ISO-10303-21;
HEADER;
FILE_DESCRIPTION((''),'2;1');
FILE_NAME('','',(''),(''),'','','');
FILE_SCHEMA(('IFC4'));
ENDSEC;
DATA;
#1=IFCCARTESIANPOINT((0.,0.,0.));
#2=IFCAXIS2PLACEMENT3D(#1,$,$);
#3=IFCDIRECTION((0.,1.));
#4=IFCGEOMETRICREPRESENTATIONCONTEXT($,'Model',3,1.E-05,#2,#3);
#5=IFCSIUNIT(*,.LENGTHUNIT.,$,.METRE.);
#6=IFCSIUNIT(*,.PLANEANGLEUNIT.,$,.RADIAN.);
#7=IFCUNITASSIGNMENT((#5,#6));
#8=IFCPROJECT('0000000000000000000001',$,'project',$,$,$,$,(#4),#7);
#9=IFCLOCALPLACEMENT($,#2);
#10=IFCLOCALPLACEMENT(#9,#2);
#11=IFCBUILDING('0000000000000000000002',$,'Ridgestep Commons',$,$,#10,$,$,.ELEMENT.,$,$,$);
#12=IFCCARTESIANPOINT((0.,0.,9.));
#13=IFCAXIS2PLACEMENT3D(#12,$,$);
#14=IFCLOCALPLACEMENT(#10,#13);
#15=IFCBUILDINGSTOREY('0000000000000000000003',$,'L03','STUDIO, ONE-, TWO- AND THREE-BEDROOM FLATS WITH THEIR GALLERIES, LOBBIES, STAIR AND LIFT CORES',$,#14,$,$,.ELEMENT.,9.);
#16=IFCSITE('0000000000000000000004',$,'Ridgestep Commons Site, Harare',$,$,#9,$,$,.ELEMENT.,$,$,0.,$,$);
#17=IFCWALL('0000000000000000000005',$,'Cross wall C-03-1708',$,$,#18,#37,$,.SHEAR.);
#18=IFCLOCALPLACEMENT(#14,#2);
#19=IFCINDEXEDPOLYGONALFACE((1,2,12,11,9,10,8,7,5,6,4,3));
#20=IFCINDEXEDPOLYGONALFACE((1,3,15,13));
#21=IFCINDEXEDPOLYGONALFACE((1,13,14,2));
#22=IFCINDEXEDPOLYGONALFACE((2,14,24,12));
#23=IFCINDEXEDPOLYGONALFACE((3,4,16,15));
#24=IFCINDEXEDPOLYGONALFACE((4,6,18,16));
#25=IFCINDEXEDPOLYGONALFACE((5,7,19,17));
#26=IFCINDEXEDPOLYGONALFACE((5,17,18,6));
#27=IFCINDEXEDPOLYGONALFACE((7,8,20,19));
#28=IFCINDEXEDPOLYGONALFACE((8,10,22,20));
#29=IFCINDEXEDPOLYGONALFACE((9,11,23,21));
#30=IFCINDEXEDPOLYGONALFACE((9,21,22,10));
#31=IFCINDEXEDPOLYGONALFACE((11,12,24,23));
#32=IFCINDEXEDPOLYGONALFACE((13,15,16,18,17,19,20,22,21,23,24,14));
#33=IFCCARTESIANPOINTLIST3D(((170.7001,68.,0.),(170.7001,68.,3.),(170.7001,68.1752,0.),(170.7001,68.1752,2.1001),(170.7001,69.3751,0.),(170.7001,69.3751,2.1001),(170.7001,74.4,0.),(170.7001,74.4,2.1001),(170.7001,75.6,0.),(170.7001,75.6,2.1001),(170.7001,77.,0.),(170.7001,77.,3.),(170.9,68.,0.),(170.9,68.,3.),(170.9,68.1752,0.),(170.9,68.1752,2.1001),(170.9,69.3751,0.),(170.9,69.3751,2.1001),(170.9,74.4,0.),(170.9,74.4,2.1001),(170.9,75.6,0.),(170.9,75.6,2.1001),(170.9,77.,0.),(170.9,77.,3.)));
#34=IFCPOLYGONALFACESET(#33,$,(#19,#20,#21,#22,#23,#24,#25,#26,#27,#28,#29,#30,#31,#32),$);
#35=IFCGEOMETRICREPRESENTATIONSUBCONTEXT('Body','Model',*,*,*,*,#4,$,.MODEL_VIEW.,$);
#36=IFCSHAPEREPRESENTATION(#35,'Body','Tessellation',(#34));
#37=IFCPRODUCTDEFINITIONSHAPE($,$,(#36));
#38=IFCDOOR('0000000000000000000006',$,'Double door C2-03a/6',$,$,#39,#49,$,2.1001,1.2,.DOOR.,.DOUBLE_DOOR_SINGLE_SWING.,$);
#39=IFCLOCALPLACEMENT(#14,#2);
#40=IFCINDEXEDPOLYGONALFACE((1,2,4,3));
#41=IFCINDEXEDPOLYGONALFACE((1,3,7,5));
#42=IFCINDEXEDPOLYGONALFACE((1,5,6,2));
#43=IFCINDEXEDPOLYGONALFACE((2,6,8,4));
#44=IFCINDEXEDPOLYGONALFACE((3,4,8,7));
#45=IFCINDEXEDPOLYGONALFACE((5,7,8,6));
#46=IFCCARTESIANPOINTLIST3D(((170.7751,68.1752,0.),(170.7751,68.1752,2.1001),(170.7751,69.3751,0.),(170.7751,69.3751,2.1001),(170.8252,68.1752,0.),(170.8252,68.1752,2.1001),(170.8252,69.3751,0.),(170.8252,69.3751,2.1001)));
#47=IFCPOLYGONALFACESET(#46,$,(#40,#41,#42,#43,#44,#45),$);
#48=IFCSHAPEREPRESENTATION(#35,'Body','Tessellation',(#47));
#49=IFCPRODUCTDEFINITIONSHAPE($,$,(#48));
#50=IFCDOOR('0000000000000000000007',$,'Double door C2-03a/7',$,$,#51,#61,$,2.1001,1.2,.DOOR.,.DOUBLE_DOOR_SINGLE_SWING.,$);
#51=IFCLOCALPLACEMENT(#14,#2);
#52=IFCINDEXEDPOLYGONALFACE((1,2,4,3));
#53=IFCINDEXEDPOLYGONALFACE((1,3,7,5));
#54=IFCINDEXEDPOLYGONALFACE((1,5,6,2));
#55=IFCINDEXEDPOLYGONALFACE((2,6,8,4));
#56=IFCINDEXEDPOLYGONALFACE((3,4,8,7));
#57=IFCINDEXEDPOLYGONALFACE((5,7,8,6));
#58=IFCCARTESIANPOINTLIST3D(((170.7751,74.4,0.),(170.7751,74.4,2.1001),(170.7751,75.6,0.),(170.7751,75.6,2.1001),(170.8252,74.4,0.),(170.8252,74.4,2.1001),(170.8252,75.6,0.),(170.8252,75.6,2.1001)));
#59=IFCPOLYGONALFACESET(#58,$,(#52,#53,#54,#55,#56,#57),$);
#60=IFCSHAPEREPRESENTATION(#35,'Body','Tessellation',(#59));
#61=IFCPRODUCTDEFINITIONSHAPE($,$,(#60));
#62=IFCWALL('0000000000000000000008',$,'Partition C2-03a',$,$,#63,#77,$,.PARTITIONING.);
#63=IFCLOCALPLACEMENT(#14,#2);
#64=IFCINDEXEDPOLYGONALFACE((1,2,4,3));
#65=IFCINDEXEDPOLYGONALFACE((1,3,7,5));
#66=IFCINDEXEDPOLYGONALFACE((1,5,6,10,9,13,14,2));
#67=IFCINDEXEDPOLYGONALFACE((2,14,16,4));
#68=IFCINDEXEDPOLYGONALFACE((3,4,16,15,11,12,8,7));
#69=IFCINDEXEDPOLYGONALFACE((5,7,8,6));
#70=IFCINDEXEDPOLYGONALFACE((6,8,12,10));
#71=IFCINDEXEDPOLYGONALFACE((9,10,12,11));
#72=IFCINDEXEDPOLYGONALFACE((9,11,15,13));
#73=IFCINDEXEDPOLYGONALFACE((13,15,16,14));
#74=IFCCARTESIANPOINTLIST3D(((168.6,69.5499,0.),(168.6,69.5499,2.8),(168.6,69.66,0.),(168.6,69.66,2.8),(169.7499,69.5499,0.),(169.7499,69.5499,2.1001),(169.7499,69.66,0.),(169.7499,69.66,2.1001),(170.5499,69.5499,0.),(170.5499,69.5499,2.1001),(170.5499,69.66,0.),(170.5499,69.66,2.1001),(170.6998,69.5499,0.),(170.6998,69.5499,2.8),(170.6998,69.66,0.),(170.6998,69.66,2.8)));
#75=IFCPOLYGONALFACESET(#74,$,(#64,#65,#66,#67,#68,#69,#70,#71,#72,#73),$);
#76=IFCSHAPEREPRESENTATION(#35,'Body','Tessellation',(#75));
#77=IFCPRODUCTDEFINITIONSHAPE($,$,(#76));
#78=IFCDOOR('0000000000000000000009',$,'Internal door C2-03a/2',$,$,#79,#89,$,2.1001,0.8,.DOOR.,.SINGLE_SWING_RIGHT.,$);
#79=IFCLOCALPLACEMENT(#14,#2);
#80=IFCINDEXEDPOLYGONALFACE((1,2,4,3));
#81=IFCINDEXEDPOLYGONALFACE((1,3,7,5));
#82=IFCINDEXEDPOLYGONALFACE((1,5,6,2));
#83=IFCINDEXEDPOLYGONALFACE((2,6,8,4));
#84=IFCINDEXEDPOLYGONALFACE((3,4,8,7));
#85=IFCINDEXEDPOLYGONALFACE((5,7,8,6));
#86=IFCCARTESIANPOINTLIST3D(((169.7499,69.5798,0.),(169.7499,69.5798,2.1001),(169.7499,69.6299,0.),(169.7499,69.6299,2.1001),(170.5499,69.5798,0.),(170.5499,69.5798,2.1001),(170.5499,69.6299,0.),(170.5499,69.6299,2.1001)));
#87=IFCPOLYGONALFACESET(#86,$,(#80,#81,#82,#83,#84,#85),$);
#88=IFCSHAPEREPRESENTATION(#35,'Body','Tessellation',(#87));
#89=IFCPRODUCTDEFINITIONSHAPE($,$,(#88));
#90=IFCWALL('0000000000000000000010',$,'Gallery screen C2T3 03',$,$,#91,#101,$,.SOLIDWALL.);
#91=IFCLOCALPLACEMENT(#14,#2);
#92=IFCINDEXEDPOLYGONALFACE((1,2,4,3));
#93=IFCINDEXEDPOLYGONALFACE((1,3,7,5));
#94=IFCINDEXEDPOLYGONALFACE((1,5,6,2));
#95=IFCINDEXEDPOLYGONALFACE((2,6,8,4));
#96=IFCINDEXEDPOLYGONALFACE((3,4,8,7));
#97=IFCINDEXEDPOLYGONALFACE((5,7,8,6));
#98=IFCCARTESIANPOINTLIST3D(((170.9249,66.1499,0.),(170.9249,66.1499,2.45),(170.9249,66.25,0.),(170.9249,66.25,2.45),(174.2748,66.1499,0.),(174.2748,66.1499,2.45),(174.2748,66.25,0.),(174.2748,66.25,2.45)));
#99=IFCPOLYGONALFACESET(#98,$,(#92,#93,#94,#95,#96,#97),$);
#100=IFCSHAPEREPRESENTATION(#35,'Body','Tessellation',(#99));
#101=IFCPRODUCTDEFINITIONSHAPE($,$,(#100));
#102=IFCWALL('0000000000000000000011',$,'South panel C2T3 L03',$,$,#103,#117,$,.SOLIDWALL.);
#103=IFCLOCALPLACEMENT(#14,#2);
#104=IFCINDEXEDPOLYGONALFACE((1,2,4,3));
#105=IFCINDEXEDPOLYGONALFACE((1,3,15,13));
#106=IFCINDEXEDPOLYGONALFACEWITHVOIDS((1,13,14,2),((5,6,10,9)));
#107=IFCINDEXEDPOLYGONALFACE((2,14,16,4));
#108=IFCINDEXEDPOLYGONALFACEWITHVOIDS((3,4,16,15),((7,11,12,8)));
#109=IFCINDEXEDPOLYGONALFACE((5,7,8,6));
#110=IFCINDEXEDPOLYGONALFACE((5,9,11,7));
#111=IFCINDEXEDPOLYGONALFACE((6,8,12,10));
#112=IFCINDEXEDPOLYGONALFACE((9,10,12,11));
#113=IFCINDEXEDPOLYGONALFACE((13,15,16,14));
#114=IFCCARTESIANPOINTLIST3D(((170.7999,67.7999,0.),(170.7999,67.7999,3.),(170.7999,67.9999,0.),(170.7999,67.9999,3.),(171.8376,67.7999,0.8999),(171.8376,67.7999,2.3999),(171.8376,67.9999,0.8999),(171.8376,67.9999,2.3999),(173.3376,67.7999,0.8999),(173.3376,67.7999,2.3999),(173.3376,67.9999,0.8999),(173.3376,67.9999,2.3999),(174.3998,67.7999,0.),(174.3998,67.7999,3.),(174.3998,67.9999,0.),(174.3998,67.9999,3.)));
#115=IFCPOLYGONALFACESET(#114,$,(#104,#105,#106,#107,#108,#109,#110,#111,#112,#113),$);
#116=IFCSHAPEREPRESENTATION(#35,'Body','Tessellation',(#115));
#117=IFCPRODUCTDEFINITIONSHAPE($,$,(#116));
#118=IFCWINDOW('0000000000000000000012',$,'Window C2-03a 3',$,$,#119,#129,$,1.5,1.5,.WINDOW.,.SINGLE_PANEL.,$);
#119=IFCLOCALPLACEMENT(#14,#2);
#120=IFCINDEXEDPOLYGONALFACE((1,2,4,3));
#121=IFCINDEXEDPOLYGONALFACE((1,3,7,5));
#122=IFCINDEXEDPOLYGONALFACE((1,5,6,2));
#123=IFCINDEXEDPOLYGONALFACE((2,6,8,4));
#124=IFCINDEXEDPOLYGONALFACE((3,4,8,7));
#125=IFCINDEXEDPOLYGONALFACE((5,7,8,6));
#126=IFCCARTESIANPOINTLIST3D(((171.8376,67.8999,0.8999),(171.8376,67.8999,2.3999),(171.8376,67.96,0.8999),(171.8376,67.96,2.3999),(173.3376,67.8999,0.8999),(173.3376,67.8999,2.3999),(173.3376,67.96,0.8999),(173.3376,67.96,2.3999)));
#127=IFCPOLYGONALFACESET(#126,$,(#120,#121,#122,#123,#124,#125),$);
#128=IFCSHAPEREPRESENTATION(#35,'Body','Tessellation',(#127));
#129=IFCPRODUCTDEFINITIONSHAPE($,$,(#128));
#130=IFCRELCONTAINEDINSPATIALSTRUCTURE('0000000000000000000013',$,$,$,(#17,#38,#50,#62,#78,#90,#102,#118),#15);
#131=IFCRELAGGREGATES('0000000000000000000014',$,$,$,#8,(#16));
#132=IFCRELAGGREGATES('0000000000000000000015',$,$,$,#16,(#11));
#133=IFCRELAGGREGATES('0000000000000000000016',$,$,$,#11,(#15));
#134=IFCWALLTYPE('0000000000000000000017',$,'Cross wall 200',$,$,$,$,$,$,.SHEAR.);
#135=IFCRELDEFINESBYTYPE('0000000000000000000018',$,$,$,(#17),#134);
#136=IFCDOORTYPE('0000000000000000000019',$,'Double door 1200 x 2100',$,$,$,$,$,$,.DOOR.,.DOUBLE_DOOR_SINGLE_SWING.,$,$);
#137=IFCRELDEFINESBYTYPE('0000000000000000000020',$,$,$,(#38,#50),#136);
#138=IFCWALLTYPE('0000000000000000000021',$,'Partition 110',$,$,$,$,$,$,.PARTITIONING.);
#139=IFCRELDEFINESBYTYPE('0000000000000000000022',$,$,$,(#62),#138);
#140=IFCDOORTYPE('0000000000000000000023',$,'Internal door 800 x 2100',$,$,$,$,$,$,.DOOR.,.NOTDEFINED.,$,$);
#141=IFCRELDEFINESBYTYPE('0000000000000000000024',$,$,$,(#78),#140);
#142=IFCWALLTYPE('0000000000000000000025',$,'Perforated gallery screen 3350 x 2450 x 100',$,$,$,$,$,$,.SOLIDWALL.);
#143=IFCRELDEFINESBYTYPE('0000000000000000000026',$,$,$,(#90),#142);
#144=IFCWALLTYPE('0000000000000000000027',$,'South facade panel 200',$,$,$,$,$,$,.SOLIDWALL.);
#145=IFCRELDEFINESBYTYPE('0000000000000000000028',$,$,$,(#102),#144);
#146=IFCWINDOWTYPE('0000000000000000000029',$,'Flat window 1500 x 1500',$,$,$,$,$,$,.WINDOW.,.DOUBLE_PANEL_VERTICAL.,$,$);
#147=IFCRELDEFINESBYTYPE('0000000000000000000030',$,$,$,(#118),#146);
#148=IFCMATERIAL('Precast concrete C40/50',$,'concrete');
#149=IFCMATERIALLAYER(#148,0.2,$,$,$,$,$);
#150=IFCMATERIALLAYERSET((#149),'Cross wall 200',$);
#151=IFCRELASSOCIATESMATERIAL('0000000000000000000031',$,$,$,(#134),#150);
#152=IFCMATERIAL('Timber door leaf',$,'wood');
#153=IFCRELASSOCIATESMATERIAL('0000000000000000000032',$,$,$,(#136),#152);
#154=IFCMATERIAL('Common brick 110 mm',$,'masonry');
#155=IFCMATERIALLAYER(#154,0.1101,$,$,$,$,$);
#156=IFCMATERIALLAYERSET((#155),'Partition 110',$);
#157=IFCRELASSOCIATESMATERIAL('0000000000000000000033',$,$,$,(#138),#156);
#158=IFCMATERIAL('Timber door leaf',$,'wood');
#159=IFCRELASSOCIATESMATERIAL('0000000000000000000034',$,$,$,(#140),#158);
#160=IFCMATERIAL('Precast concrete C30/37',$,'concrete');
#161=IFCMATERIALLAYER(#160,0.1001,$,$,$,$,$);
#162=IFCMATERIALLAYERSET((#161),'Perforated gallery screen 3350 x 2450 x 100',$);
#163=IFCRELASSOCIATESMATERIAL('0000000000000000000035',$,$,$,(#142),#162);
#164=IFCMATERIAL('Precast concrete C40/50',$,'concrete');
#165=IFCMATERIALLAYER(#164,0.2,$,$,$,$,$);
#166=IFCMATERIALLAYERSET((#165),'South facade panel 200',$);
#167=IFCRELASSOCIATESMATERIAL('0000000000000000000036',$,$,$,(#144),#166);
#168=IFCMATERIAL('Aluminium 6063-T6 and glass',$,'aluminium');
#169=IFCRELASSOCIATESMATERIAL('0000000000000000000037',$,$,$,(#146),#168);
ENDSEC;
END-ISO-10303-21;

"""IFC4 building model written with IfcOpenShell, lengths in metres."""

from ifc_helpers import new_model, si_unit, direction, frame, frame_2d, origin, place, context, subcontext, project, spatial, rectangle, extrude, material, layer, layer_set, type_object, element, fill, save


model = new_model("IFC4")

# Units and contexts
model_context = context("Model", 3, precision=1e-05, world=origin(), true_north=direction((0.0, 1.0)))
body_context = subcontext(model_context, "Body", "Model", "MODEL_VIEW")
ifc_project = project(units=[si_unit("LENGTHUNIT", "METRE"), si_unit("PLANEANGLEUNIT", "RADIAN")], contexts=[model_context])

# Site, building, storey
site_placement = place(None, origin())
site = spatial("IfcSite", under=ifc_project, at=site_placement, Name="Ridgestep Commons Site, Harare", CompositionType="ELEMENT", RefElevation=0.0)
building_placement = place(site_placement, origin())
building = spatial("IfcBuilding", under=site, at=building_placement, Name="Ridgestep Commons", CompositionType="ELEMENT")
storey_placement = place(building_placement, frame((0.0, 0.0, 9.0)))
storey = spatial("IfcBuildingStorey", under=building, at=storey_placement, Name="L03", Description="STUDIO, ONE-, TWO- AND THREE-BEDROOM FLATS WITH THEIR GALLERIES, LOBBIES, STAIR AND LIFT CORES", CompositionType="ELEMENT", Elevation=9.0)

# Wall, openings, doors
ifc_material_1 = material(Name="Precast concrete C40/50", Category="concrete")
ifc_layer_1 = layer(ifc_material_1, 0.2)
ifc_layer_set_1 = layer_set([ifc_layer_1], Name="Cross wall 200")
wall_type_1 = type_object("IfcWallType", Name="Cross wall 200", PredefinedType="SHEAR", material=ifc_layer_set_1)
ifc_material_2 = material(Name="Timber door leaf", Category="wood")
door_type_1 = type_object("IfcDoorType", Name="Double door 1200 x 2100", OperationType="DOUBLE_DOOR_SINGLE_SWING", PredefinedType="DOOR", material=ifc_material_2)
wall_1_placement = place(storey_placement, frame((170.8, 68.0, 0.0), z_axis=(0.0, 0.0, 1.0), x_axis=(0.0, 1.0, 0.0)))
wall_1 = element("IfcWall", 1, at=wall_1_placement, inside=storey, type_object=wall_type_1, Name="Cross wall C-03-1708", PredefinedType="SHEAR", context=body_context, shape_type="SweptSolid", body=[
    extrude(rectangle(XDim=9.0, YDim=0.2, at=frame_2d((4.5, 0.0))), origin(), (0.0, 0.0, 1.0), 3.0),
])
opening_1_placement = place(wall_1_placement, frame((0.175, 0.0, 0.0)))
opening_1 = element("IfcOpeningElement", 2, at=opening_1_placement, cuts=wall_1, PredefinedType="OPENING", context=body_context, shape_type="SweptSolid", body=[
    extrude(rectangle(XDim=1.2, YDim=2.1001, at=frame_2d((0.6001, 1.05))), frame((0.0, 0.1099, 0.0), z_axis=(0.0, -1.0, 0.0), x_axis=(1.0, 0.0, 0.0)), (0.0, 0.0, 1.0), 0.22),
])
opening_2_placement = place(wall_1_placement, frame((6.3999, 0.0, 0.0)))
opening_2 = element("IfcOpeningElement", 3, at=opening_2_placement, cuts=wall_1, PredefinedType="OPENING", context=body_context, shape_type="SweptSolid", body=[
    extrude(rectangle(XDim=1.2, YDim=2.1001, at=frame_2d((0.6001, 1.05))), frame((0.0, 0.1099, 0.0), z_axis=(0.0, -1.0, 0.0), x_axis=(1.0, 0.0, 0.0)), (0.0, 0.0, 1.0), 0.22),
])
door_1_placement = place(opening_1_placement, origin())
door_1 = element("IfcDoor", 4, at=door_1_placement, inside=storey, type_object=door_type_1, Name="Double door C2-03a/6", OperationType="DOUBLE_DOOR_SINGLE_SWING", OverallHeight=2.1001, OverallWidth=1.2, PredefinedType="DOOR", context=body_context, shape_type="SweptSolid", body=[
    extrude(rectangle(XDim=1.2, YDim=2.1001, at=frame_2d((0.6001, 1.05))), frame((0.0, 0.0249, 0.0), z_axis=(0.0, -1.0, 0.0), x_axis=(1.0, 0.0, 0.0)), (0.0, 0.0, 1.0), 0.05),
])
fill(opening_1, door_1)
door_2_placement = place(opening_2_placement, origin())
door_2 = element("IfcDoor", 5, at=door_2_placement, inside=storey, type_object=door_type_1, Name="Double door C2-03a/7", OperationType="DOUBLE_DOOR_SINGLE_SWING", OverallHeight=2.1001, OverallWidth=1.2, PredefinedType="DOOR", context=body_context, shape_type="SweptSolid", body=[
    extrude(rectangle(XDim=1.2, YDim=2.1001, at=frame_2d((0.6001, 1.05))), frame((0.0, 0.0249, 0.0), z_axis=(0.0, -1.0, 0.0), x_axis=(1.0, 0.0, 0.0)), (0.0, 0.0, 1.0), 0.05),
])
fill(opening_2, door_2)

# Wall, opening, door
ifc_material_3 = material(Name="Common brick 110 mm", Category="masonry")
ifc_layer_2 = layer(ifc_material_3, 0.1101)
ifc_layer_set_2 = layer_set([ifc_layer_2], Name="Partition 110")
wall_type_2 = type_object("IfcWallType", Name="Partition 110", PredefinedType="PARTITIONING", material=ifc_layer_set_2)
wall_2_placement = place(storey_placement, frame((168.6001, 69.605, 0.0), z_axis=(0.0, 0.0, 1.0), x_axis=(1.0, 0.0, 0.0)))
wall_2 = element("IfcWall", 6, at=wall_2_placement, inside=storey, type_object=wall_type_2, Name="Partition C2-03a", PredefinedType="PARTITIONING", context=body_context, shape_type="SweptSolid", body=[
    extrude(rectangle(XDim=2.0999, YDim=0.1101, at=frame_2d((1.0498, 0.0))), origin(), (0.0, 0.0, 1.0), 2.8),
])
opening_3_placement = place(wall_2_placement, frame((1.1499, 0.0, 0.0)))
opening_3 = element("IfcOpeningElement", 7, at=opening_3_placement, cuts=wall_2, PredefinedType="OPENING", context=body_context, shape_type="SweptSolid", body=[
    extrude(rectangle(XDim=0.8, YDim=2.1001, at=frame_2d((0.3999, 1.05))), frame((0.0, 0.0649, 0.0), z_axis=(0.0, -1.0, 0.0), x_axis=(1.0, 0.0, 0.0)), (0.0, 0.0, 1.0), 0.1301),
])
ifc_material_4 = material(Name="Timber door leaf", Category="wood")
door_type_2 = type_object("IfcDoorType", Name="Internal door 800 x 2100", OperationType="NOTDEFINED", PredefinedType="DOOR", material=ifc_material_4)
door_3_placement = place(opening_3_placement, origin())
door_3 = element("IfcDoor", 8, at=door_3_placement, inside=storey, type_object=door_type_2, Name="Internal door C2-03a/2", OperationType="SINGLE_SWING_RIGHT", OverallHeight=2.1001, OverallWidth=0.8, PredefinedType="DOOR", context=body_context, shape_type="SweptSolid", body=[
    extrude(rectangle(XDim=0.8, YDim=2.1001, at=frame_2d((0.3999, 1.05))), frame((0.0, 0.0249, 0.0), z_axis=(0.0, -1.0, 0.0), x_axis=(1.0, 0.0, 0.0)), (0.0, 0.0, 1.0), 0.05),
])
fill(opening_3, door_3)

# Wall
ifc_material_5 = material(Name="Precast concrete C30/37", Category="concrete")
ifc_layer_3 = layer(ifc_material_5, 0.1001)
ifc_layer_set_3 = layer_set([ifc_layer_3], Name="Perforated gallery screen 3350 x 2450 x 100")
wall_type_3 = type_object("IfcWallType", Name="Perforated gallery screen 3350 x 2450 x 100", PredefinedType="SOLIDWALL", material=ifc_layer_set_3)
wall_3_placement = place(storey_placement, frame((170.925, 66.2, 0.0), z_axis=(0.0, 0.0, 1.0), x_axis=(1.0, 0.0, 0.0)))
element("IfcWall", 9, at=wall_3_placement, inside=storey, type_object=wall_type_3, Name="Gallery screen C2T3 03", PredefinedType="SOLIDWALL", context=body_context, shape_type="SweptSolid", body=[
    extrude(rectangle(XDim=3.3499, YDim=0.1001, at=frame_2d((1.6748, 0.0))), origin(), (0.0, 0.0, 1.0), 2.45),
])

# Wall, opening, window
ifc_material_6 = material(Name="Precast concrete C40/50", Category="concrete")
ifc_layer_4 = layer(ifc_material_6, 0.2)
ifc_layer_set_4 = layer_set([ifc_layer_4], Name="South facade panel 200")
wall_type_4 = type_object("IfcWallType", Name="South facade panel 200", PredefinedType="SOLIDWALL", material=ifc_layer_set_4)
wall_4_placement = place(storey_placement, frame((170.8, 67.8999, 0.0), z_axis=(0.0, 0.0, 1.0), x_axis=(1.0, 0.0, 0.0)))
wall_4 = element("IfcWall", 10, at=wall_4_placement, inside=storey, type_object=wall_type_4, Name="South panel C2T3 L03", PredefinedType="SOLIDWALL", context=body_context, shape_type="SweptSolid", body=[
    extrude(rectangle(XDim=3.5999, YDim=0.2, at=frame_2d((1.7998, 0.0))), origin(), (0.0, 0.0, 1.0), 3.0),
])
opening_4_placement = place(wall_4_placement, frame((1.0376, 0.0, 0.8999)))
opening_4 = element("IfcOpeningElement", 11, at=opening_4_placement, cuts=wall_4, PredefinedType="OPENING", context=body_context, shape_type="SweptSolid", body=[
    extrude(rectangle(XDim=1.5, YDim=1.5, at=frame_2d((0.75, 0.75))), frame((0.0, 0.1099, 0.0), z_axis=(0.0, -1.0, 0.0), x_axis=(1.0, 0.0, 0.0)), (0.0, 0.0, 1.0), 0.22),
])
ifc_material_7 = material(Name="Aluminium 6063-T6 and glass", Category="aluminium")
window_type = type_object("IfcWindowType", Name="Flat window 1500 x 1500", PartitioningType="DOUBLE_PANEL_VERTICAL", PredefinedType="WINDOW", material=ifc_material_7)
window_placement = place(opening_4_placement, origin())
window = element("IfcWindow", 12, at=window_placement, inside=storey, type_object=window_type, Name="Window C2-03a 3", OverallHeight=1.5, OverallWidth=1.5, PartitioningType="SINGLE_PANEL", PredefinedType="WINDOW", context=body_context, shape_type="SweptSolid", body=[
    extrude(rectangle(XDim=1.5, YDim=1.5, at=frame_2d((0.75, 0.75))), frame((0.0, 0.0601, 0.0), z_axis=(0.0, -1.0, 0.0), x_axis=(1.0, 0.0, 0.0)), (0.0, 0.0, 1.0), 0.0601),
])
fill(opening_4, window)

save(model, "model.ifc")
